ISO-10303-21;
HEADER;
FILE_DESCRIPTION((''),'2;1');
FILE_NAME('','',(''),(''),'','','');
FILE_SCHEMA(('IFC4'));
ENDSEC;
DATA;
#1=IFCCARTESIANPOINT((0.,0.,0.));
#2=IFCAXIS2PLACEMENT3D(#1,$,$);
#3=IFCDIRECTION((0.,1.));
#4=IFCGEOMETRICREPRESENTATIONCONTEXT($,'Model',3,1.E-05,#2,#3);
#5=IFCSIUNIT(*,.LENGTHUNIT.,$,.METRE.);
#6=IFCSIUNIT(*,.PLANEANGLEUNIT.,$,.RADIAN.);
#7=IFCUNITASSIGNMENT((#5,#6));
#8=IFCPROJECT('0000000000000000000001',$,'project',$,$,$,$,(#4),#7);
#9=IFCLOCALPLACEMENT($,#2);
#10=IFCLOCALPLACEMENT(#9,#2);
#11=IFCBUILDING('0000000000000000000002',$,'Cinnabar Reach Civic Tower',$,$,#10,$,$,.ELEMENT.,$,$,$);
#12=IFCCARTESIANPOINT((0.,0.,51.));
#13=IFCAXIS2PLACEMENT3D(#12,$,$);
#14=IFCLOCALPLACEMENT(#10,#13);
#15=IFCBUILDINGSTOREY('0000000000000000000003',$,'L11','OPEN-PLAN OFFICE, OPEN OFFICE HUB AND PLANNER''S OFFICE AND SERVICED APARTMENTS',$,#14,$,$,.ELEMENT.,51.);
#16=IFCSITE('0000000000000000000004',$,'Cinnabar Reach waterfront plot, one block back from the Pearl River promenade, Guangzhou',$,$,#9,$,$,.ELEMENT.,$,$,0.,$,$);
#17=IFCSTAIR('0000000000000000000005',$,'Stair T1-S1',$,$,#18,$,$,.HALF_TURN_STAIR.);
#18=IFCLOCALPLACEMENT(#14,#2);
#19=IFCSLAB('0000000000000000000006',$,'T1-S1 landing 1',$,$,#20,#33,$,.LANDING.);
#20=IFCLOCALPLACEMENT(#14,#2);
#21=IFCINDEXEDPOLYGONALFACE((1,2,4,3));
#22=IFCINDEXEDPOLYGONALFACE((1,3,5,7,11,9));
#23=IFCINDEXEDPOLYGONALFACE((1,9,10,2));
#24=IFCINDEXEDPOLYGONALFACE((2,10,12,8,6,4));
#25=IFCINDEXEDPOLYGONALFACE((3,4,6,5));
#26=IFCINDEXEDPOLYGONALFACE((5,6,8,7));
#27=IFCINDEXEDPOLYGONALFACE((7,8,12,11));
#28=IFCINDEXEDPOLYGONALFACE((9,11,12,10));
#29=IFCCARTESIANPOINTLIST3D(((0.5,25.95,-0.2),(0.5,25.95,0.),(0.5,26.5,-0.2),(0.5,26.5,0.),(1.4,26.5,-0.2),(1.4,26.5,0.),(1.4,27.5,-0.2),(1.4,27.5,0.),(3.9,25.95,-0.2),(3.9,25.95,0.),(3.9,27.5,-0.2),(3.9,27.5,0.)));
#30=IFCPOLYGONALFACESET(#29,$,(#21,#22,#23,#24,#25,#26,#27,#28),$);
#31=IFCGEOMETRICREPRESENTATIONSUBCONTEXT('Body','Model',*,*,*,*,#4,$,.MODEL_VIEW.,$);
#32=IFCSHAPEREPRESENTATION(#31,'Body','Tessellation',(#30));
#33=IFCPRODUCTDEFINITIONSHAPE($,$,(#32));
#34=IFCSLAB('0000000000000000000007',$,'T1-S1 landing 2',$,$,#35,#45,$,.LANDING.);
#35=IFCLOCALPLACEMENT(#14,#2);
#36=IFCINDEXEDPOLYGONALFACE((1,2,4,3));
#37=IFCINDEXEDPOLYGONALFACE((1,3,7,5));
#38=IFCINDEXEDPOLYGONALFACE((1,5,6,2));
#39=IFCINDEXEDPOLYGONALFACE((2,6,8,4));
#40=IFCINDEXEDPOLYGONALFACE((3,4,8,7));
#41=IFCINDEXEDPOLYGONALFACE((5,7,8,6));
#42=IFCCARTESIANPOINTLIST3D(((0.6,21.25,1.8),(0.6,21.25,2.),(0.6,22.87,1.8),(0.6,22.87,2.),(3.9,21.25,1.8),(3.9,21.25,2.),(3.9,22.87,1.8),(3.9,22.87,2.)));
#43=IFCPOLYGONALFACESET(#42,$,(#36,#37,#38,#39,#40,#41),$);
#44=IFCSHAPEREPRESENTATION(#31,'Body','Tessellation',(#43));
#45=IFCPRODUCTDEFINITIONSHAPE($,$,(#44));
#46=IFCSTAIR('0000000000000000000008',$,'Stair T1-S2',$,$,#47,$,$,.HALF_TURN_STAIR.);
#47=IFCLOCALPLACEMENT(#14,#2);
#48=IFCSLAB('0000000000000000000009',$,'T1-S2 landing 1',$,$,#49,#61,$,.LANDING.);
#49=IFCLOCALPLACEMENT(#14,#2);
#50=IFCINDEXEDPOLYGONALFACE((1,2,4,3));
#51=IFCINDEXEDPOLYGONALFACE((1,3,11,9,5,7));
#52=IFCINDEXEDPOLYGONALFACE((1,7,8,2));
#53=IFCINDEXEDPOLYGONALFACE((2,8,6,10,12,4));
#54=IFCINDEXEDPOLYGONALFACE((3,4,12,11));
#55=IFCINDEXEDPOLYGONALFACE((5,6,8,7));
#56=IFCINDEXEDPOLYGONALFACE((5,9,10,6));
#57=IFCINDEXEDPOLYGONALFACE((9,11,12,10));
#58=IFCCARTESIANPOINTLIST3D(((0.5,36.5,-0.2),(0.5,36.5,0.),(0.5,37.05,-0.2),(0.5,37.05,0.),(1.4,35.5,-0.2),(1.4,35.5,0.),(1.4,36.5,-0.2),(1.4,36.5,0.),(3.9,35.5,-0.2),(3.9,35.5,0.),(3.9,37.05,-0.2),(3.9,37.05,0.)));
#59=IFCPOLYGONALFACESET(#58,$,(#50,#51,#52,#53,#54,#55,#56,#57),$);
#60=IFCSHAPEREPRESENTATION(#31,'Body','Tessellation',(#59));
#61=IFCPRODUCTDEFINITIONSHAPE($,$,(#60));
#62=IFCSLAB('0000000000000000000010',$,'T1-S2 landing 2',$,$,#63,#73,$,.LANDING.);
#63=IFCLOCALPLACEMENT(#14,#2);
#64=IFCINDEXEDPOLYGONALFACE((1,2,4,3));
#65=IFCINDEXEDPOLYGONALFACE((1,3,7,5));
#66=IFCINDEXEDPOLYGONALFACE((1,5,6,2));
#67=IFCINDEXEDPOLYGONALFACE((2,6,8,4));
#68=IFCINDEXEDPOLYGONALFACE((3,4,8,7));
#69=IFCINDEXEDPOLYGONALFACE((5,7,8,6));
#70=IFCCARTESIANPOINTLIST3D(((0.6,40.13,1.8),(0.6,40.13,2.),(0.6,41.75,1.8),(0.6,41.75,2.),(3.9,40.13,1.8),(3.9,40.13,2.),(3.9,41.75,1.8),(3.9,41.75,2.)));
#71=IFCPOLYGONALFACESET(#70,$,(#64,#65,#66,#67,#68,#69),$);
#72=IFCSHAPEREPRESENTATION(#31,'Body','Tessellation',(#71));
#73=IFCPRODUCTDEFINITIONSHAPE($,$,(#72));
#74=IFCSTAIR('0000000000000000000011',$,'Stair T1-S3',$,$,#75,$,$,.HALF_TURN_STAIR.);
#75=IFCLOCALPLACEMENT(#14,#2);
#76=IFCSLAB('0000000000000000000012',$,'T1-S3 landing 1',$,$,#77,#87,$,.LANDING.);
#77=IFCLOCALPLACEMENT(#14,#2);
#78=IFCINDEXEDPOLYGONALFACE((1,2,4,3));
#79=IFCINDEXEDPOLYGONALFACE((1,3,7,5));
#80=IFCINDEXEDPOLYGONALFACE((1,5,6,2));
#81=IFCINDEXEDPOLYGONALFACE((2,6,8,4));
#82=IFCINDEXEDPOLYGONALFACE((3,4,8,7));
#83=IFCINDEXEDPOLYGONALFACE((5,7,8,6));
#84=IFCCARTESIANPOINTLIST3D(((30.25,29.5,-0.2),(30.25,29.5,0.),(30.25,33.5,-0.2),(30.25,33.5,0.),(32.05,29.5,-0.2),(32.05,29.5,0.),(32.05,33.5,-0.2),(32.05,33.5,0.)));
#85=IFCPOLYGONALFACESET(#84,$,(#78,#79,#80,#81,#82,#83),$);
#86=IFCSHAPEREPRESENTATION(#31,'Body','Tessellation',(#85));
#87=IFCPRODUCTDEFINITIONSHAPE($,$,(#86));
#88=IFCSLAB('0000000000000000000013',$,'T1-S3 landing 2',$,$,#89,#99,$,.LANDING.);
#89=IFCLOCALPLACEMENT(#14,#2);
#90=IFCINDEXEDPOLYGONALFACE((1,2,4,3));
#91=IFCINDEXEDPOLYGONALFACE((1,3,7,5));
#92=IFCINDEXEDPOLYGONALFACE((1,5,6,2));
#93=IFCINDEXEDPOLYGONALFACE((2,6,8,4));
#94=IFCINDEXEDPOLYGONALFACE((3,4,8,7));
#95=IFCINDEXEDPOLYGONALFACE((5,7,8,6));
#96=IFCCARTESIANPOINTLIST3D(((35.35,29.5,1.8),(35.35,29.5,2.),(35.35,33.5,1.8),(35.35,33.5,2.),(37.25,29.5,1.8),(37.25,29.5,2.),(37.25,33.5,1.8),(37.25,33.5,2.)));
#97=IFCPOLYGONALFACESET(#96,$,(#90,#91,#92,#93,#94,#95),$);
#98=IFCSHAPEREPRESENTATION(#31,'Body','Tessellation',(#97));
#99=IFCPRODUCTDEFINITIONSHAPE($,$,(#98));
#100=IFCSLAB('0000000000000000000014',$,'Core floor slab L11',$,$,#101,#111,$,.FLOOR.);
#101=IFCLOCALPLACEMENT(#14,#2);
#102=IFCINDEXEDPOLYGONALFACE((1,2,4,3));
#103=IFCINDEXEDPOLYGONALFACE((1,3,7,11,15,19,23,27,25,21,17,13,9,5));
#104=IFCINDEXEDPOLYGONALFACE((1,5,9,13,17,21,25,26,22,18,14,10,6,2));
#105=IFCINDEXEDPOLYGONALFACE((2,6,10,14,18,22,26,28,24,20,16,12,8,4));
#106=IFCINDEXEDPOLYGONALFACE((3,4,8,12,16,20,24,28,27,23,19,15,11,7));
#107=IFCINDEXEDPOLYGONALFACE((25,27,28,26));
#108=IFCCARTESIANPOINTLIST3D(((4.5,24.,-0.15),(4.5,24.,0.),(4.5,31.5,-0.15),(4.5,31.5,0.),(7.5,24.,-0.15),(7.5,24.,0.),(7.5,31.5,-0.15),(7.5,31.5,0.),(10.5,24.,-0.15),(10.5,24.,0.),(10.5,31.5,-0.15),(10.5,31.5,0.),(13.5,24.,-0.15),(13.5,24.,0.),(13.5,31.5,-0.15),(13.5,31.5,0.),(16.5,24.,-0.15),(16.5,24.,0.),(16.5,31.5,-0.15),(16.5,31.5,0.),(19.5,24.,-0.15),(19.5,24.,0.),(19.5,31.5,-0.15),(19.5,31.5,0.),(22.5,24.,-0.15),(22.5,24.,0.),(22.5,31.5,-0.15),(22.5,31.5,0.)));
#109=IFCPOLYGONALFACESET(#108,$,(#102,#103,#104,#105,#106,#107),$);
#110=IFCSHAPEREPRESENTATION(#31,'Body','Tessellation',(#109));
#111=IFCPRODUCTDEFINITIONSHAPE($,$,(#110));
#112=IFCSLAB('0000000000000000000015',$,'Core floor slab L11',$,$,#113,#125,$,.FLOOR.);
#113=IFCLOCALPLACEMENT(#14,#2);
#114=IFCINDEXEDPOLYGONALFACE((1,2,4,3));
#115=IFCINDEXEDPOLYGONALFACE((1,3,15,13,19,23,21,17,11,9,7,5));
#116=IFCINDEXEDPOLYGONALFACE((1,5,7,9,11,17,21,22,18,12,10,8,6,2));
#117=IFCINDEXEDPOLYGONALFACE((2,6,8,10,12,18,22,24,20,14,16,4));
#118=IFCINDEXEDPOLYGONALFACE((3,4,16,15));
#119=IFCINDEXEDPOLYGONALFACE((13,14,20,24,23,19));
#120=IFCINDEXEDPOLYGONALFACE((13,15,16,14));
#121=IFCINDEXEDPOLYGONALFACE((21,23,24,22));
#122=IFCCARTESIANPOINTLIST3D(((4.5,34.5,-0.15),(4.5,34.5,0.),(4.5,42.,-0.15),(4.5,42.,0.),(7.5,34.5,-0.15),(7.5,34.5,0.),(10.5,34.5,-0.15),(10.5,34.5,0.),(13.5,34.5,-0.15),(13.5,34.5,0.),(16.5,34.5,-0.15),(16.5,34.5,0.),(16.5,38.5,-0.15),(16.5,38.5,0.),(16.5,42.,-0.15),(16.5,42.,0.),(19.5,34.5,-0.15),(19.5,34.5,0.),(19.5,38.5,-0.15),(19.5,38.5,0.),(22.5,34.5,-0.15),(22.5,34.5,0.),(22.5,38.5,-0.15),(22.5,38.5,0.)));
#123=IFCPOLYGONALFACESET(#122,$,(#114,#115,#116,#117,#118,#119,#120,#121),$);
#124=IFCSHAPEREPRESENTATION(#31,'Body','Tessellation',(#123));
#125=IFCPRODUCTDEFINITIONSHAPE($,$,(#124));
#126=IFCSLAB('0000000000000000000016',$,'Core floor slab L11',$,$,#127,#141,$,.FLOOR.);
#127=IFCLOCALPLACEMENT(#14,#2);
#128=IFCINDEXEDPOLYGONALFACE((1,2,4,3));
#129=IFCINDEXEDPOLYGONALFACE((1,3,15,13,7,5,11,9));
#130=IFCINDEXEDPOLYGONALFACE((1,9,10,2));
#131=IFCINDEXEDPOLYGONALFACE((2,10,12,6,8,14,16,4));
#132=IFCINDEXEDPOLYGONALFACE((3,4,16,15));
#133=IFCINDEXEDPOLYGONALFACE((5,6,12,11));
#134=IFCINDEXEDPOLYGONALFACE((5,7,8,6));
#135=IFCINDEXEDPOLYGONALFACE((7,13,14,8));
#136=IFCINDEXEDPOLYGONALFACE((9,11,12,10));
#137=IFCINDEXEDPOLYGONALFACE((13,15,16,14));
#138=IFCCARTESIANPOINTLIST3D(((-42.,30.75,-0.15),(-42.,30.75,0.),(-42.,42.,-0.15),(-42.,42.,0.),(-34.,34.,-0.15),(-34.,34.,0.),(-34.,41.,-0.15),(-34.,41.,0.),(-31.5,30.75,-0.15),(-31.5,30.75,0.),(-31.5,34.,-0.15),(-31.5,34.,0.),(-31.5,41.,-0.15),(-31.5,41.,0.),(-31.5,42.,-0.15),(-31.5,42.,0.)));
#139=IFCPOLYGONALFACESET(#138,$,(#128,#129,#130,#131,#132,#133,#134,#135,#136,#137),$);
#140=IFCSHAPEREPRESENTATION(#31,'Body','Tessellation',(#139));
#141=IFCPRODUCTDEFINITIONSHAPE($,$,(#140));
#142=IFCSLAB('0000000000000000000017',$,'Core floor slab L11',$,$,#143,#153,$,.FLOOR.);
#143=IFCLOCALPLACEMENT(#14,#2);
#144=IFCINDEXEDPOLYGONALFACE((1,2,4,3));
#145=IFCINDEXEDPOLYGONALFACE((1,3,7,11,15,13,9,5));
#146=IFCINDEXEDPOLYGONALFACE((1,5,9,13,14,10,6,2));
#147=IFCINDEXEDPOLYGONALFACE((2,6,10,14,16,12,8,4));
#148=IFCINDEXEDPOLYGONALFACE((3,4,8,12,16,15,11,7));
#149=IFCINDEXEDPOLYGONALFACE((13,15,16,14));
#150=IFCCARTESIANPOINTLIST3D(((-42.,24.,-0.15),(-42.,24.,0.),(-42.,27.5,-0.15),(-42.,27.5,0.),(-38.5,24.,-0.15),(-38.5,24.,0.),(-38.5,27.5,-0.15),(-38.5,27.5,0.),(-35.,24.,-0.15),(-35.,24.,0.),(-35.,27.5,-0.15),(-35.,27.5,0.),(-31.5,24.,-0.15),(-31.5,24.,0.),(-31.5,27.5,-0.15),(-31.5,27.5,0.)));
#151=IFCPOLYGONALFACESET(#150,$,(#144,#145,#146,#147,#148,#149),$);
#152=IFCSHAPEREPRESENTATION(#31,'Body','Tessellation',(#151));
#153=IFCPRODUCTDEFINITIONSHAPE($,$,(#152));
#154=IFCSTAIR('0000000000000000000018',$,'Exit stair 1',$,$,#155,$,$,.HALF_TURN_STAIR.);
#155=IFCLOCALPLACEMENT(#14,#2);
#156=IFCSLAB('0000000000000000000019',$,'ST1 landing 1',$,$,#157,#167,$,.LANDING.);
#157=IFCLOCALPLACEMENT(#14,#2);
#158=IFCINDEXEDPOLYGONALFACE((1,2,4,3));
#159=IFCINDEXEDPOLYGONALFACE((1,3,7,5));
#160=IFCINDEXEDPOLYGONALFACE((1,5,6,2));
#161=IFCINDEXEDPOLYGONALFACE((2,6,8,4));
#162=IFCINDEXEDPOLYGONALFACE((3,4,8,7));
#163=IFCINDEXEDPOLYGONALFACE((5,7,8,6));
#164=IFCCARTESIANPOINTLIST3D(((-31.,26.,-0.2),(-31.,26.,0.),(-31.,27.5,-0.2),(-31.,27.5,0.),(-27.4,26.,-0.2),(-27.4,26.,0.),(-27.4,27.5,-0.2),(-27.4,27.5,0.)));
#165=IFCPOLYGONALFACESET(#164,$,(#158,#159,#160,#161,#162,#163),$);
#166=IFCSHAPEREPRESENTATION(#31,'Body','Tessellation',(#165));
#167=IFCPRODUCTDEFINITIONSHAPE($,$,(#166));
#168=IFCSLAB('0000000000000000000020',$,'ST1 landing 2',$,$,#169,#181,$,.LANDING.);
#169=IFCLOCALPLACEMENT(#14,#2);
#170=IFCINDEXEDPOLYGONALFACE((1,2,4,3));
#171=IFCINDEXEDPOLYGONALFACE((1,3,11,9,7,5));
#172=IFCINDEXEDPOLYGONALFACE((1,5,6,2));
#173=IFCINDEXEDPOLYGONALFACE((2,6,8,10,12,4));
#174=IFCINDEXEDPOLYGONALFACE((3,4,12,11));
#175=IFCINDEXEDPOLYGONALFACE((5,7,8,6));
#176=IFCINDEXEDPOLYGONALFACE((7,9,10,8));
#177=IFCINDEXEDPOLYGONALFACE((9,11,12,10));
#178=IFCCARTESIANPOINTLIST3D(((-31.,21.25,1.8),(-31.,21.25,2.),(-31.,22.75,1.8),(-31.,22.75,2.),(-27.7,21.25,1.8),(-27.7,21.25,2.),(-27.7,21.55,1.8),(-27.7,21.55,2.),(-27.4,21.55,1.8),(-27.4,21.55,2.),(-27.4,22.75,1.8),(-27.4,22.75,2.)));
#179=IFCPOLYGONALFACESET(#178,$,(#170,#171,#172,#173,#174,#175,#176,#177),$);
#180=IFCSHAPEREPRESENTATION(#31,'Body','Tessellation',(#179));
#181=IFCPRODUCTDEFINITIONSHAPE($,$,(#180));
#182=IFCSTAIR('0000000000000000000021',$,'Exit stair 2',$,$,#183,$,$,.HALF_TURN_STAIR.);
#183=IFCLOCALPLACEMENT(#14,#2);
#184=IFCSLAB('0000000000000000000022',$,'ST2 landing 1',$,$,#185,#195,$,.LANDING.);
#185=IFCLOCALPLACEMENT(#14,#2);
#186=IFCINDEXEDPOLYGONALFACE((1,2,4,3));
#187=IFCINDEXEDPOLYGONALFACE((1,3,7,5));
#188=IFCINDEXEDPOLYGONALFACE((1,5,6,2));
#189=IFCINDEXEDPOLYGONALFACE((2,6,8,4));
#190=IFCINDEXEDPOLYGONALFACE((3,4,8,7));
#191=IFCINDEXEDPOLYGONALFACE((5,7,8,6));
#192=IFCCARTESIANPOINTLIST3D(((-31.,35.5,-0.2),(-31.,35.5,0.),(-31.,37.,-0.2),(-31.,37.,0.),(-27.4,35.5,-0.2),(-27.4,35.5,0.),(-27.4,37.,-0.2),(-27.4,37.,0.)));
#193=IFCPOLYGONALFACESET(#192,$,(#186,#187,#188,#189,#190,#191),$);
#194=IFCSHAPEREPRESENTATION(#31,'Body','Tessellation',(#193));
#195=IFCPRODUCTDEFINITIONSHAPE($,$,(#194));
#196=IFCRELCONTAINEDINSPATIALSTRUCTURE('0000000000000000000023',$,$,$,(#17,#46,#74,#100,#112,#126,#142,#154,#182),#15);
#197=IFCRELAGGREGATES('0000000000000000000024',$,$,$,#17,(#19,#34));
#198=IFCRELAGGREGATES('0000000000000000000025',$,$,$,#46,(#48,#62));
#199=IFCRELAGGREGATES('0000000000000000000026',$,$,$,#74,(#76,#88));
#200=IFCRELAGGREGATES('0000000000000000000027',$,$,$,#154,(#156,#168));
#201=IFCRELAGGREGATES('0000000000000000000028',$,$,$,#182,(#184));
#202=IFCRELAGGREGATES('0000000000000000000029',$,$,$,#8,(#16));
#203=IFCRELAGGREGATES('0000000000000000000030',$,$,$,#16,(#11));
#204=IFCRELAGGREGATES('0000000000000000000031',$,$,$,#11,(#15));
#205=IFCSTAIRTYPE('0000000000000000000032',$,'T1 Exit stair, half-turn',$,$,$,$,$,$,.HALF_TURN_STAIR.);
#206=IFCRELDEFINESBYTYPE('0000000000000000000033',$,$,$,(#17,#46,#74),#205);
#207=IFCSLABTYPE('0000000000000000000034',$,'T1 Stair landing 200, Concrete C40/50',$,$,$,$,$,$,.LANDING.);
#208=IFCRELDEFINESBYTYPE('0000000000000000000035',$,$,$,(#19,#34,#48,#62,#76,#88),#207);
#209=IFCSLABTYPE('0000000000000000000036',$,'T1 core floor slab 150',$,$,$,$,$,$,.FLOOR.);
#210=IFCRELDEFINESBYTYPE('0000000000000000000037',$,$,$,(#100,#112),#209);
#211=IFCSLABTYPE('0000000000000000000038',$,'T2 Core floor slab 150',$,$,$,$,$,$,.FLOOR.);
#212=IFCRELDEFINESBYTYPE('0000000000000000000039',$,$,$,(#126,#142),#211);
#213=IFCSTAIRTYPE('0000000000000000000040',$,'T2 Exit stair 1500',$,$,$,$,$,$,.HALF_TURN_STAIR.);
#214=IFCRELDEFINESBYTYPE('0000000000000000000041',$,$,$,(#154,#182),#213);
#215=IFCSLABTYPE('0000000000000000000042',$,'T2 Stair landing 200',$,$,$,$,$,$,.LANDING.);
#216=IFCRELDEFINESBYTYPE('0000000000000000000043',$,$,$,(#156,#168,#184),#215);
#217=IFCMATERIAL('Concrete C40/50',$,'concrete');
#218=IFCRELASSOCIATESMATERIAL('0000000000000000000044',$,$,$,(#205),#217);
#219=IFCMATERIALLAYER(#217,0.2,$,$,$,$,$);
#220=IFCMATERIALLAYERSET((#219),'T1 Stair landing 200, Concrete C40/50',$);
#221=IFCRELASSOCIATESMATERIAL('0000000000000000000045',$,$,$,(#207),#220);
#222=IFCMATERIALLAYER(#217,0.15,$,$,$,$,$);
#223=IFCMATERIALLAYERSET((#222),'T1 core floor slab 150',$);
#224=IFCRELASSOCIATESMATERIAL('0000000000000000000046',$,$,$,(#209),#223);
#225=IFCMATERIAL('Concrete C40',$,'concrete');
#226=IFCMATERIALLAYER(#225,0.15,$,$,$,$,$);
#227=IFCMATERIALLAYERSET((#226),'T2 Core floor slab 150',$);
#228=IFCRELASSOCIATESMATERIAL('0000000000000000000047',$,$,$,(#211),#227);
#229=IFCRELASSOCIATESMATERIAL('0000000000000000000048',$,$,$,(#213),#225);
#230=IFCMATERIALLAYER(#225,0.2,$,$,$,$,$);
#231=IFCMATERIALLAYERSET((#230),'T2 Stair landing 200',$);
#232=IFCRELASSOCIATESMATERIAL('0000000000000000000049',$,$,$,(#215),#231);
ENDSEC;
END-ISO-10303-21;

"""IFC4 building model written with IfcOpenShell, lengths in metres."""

from ifc_helpers import new_model, si_unit, direction, frame, origin, place, context, subcontext, project, spatial, polyline, outline, extrude, material, layer, layer_set, type_object, element, aggregate, save


model = new_model("IFC4")

# Units and contexts
model_context = context("Model", 3, precision=1e-05, world=origin(), true_north=direction((0.0, 1.0)))
body_context = subcontext(model_context, "Body", "Model", "MODEL_VIEW")
ifc_project = project(units=[si_unit("LENGTHUNIT", "METRE"), si_unit("PLANEANGLEUNIT", "RADIAN")], contexts=[model_context])

# Site, building, storey
site_placement = place(None, origin())
site = spatial("IfcSite", under=ifc_project, at=site_placement, Name="Cinnabar Reach waterfront plot, one block back from the Pearl River promenade, Guangzhou", CompositionType="ELEMENT", RefElevation=0.0)
building_placement = place(site_placement, origin())
building = spatial("IfcBuilding", under=site, at=building_placement, Name="Cinnabar Reach Civic Tower", CompositionType="ELEMENT")
storey_placement = place(building_placement, frame((0.0, 0.0, 51.0)))
storey = spatial("IfcBuildingStorey", under=building, at=storey_placement, Name="L11", Description="OPEN-PLAN OFFICE, OPEN OFFICE HUB AND PLANNER'S OFFICE AND SERVICED APARTMENTS", CompositionType="ELEMENT", Elevation=51.0)

# Stairs, slabs
ifc_material_1 = material(Name="Concrete C40/50", Category="concrete")
stair_type_1 = type_object("IfcStairType", Name="T1 Exit stair, half-turn", PredefinedType="HALF_TURN_STAIR", material=ifc_material_1)
stair_1_placement = place(storey_placement, origin())
stair_1 = element("IfcStair", 1, at=stair_1_placement, inside=storey, type_object=stair_type_1, Name="Stair T1-S1", PredefinedType="HALF_TURN_STAIR")
ifc_layer_1 = layer(ifc_material_1, 0.2)
ifc_layer_set_1 = layer_set([ifc_layer_1], Name="T1 Stair landing 200, Concrete C40/50")
slab_type_1 = type_object("IfcSlabType", Name="T1 Stair landing 200, Concrete C40/50", PredefinedType="LANDING", material=ifc_layer_set_1)
slab_1_placement = place(storey_placement, frame((0.0, 0.0, -0.2)))
slab_1 = element("IfcSlab", 2, at=slab_1_placement, type_object=slab_type_1, Name="T1-S1 landing 1", PredefinedType="LANDING", context=body_context, shape_type="SweptSolid", body=[
    extrude(outline(polyline([(3.9, 27.5), (3.9, 25.95), (0.5, 25.95), (0.5, 26.5), (1.4, 26.5), (1.4, 27.5), (3.9, 27.5)])), origin(), (0.0, 0.0, 1.0), 0.2),
])
slab_2_placement = place(storey_placement, frame((0.0, 0.0, 1.8)))
slab_2 = element("IfcSlab", 3, at=slab_2_placement, type_object=slab_type_1, Name="T1-S1 landing 2", PredefinedType="LANDING", context=body_context, shape_type="SweptSolid", body=[
    extrude(outline(polyline([(0.6, 21.25), (0.6, 22.87), (3.9, 22.87), (3.9, 21.25), (0.6, 21.25)])), origin(), (0.0, 0.0, 1.0), 0.2),
])
aggregate(stair_1, [slab_1, slab_2])
stair_2_placement = place(storey_placement, origin())
stair_2 = element("IfcStair", 4, at=stair_2_placement, inside=storey, type_object=stair_type_1, Name="Stair T1-S2", PredefinedType="HALF_TURN_STAIR")
slab_3_placement = place(storey_placement, frame((0.0, 0.0, -0.2)))
slab_3 = element("IfcSlab", 5, at=slab_3_placement, type_object=slab_type_1, Name="T1-S2 landing 1", PredefinedType="LANDING", context=body_context, shape_type="SweptSolid", body=[
    extrude(outline(polyline([(0.5, 37.05), (3.9, 37.05), (3.9, 35.5), (1.4, 35.5), (1.4, 36.5), (0.5, 36.5), (0.5, 37.05)])), origin(), (0.0, 0.0, 1.0), 0.2),
])
slab_4_placement = place(storey_placement, frame((0.0, 0.0, 1.8)))
slab_4 = element("IfcSlab", 6, at=slab_4_placement, type_object=slab_type_1, Name="T1-S2 landing 2", PredefinedType="LANDING", context=body_context, shape_type="SweptSolid", body=[
    extrude(outline(polyline([(0.6, 40.13), (0.6, 41.75), (3.9, 41.75), (3.9, 40.13), (0.6, 40.13)])), origin(), (0.0, 0.0, 1.0), 0.2),
])
aggregate(stair_2, [slab_3, slab_4])
stair_3_placement = place(storey_placement, origin())
stair_3 = element("IfcStair", 7, at=stair_3_placement, inside=storey, type_object=stair_type_1, Name="Stair T1-S3", PredefinedType="HALF_TURN_STAIR")
slab_5_placement = place(storey_placement, frame((0.0, 0.0, -0.2)))
slab_5 = element("IfcSlab", 8, at=slab_5_placement, type_object=slab_type_1, Name="T1-S3 landing 1", PredefinedType="LANDING", context=body_context, shape_type="SweptSolid", body=[
    extrude(outline(polyline([(30.25, 29.5), (32.05, 29.5), (32.05, 33.5), (30.25, 33.5), (30.25, 29.5)])), origin(), (0.0, 0.0, 1.0), 0.2),
])
slab_6_placement = place(storey_placement, frame((0.0, 0.0, 1.8)))
slab_6 = element("IfcSlab", 9, at=slab_6_placement, type_object=slab_type_1, Name="T1-S3 landing 2", PredefinedType="LANDING", context=body_context, shape_type="SweptSolid", body=[
    extrude(outline(polyline([(35.35, 29.5), (37.25, 29.5), (37.25, 33.5), (35.35, 33.5), (35.35, 29.5)])), origin(), (0.0, 0.0, 1.0), 0.2),
])
aggregate(stair_3, [slab_5, slab_6])

# Slabs
ifc_layer_2 = layer(ifc_material_1, 0.15)
ifc_layer_set_2 = layer_set([ifc_layer_2], Name="T1 core floor slab 150")
slab_type_2 = type_object("IfcSlabType", Name="T1 core floor slab 150", PredefinedType="FLOOR", material=ifc_layer_set_2)
slab_7_placement = place(storey_placement, frame((0.0, 0.0, -0.15)))
element("IfcSlab", 10, at=slab_7_placement, inside=storey, type_object=slab_type_2, Name="Core floor slab L11", PredefinedType="FLOOR", context=body_context, shape_type="SweptSolid", body=[
    extrude(outline(polyline([(22.5, 24.0), (19.5, 24.0), (16.5, 24.0), (13.5, 24.0), (10.5, 24.0), (7.5, 24.0), (4.5, 24.0), (4.5, 31.5), (7.5, 31.5), (10.5, 31.5), (13.5, 31.5), (16.5, 31.5), (19.5, 31.5), (22.5, 31.5), (22.5, 24.0)])), origin(), (0.0, 0.0, 1.0), 0.15),
])
slab_8_placement = place(storey_placement, frame((0.0, 0.0, -0.15)))
element("IfcSlab", 11, at=slab_8_placement, inside=storey, type_object=slab_type_2, Name="Core floor slab L11", PredefinedType="FLOOR", context=body_context, shape_type="SweptSolid", body=[
    extrude(outline(polyline([(22.5, 34.5), (19.5, 34.5), (16.5, 34.5), (13.5, 34.5), (10.5, 34.5), (7.5, 34.5), (4.5, 34.5), (4.5, 42.0), (16.5, 42.0), (16.5, 38.5), (19.5, 38.5), (22.5, 38.5), (22.5, 34.5)])), origin(), (0.0, 0.0, 1.0), 0.15),
])
ifc_material_2 = material(Name="Concrete C40", Category="concrete")
ifc_layer_3 = layer(ifc_material_2, 0.15)
ifc_layer_set_3 = layer_set([ifc_layer_3], Name="T2 Core floor slab 150")
slab_type_3 = type_object("IfcSlabType", Name="T2 Core floor slab 150", PredefinedType="FLOOR", material=ifc_layer_set_3)
slab_9_placement = place(storey_placement, frame((0.0, 0.0, -0.15)))
element("IfcSlab", 12, at=slab_9_placement, inside=storey, type_object=slab_type_3, Name="Core floor slab L11", PredefinedType="FLOOR", context=body_context, shape_type="SweptSolid", body=[
    extrude(outline(polyline([(-42.0, 42.0), (-31.5, 42.0), (-31.5, 41.0), (-34.0, 41.0), (-34.0, 34.0), (-31.5, 34.0), (-31.5, 30.75), (-42.0, 30.75), (-42.0, 42.0)])), origin(), (0.0, 0.0, 1.0), 0.15),
])
slab_10_placement = place(storey_placement, frame((0.0, 0.0, -0.15)))
element("IfcSlab", 13, at=slab_10_placement, inside=storey, type_object=slab_type_3, Name="Core floor slab L11", PredefinedType="FLOOR", context=body_context, shape_type="SweptSolid", body=[
    extrude(outline(polyline([(-35.0, 24.0), (-38.5, 24.0), (-42.0, 24.0), (-42.0, 27.5), (-38.5, 27.5), (-35.0, 27.5), (-31.5, 27.5), (-31.5, 24.0), (-35.0, 24.0)])), origin(), (0.0, 0.0, 1.0), 0.15),
])

# Stairs, slabs
stair_type_2 = type_object("IfcStairType", Name="T2 Exit stair 1500", PredefinedType="HALF_TURN_STAIR", material=ifc_material_2)
stair_4_placement = place(storey_placement, origin())
stair_4 = element("IfcStair", 14, at=stair_4_placement, inside=storey, type_object=stair_type_2, Name="Exit stair 1", PredefinedType="HALF_TURN_STAIR")
ifc_layer_4 = layer(ifc_material_2, 0.2)
ifc_layer_set_4 = layer_set([ifc_layer_4], Name="T2 Stair landing 200")
slab_type_4 = type_object("IfcSlabType", Name="T2 Stair landing 200", PredefinedType="LANDING", material=ifc_layer_set_4)
slab_11_placement = place(storey_placement, frame((0.0, 0.0, -0.2)))
slab_11 = element("IfcSlab", 15, at=slab_11_placement, type_object=slab_type_4, Name="ST1 landing 1", PredefinedType="LANDING", context=body_context, shape_type="SweptSolid", body=[
    extrude(outline(polyline([(-31.0, 26.0), (-31.0, 27.5), (-27.4, 27.5), (-27.4, 26.0), (-31.0, 26.0)])), origin(), (0.0, 0.0, 1.0), 0.2),
])
slab_12_placement = place(storey_placement, frame((0.0, 0.0, 1.8)))
slab_12 = element("IfcSlab", 16, at=slab_12_placement, type_object=slab_type_4, Name="ST1 landing 2", PredefinedType="LANDING", context=body_context, shape_type="SweptSolid", body=[
    extrude(outline(polyline([(-31.0, 21.25), (-31.0, 22.75), (-27.4, 22.75), (-27.4, 21.55), (-27.7, 21.55), (-27.7, 21.25), (-31.0, 21.25)])), origin(), (0.0, 0.0, 1.0), 0.2),
])
aggregate(stair_4, [slab_11, slab_12])
stair_5_placement = place(storey_placement, origin())
stair_5 = element("IfcStair", 17, at=stair_5_placement, inside=storey, type_object=stair_type_2, Name="Exit stair 2", PredefinedType="HALF_TURN_STAIR")
slab_13_placement = place(storey_placement, frame((0.0, 0.0, -0.2)))
slab_13 = element("IfcSlab", 18, at=slab_13_placement, type_object=slab_type_4, Name="ST2 landing 1", PredefinedType="LANDING", context=body_context, shape_type="SweptSolid", body=[
    extrude(outline(polyline([(-31.0, 35.5), (-31.0, 37.0), (-27.4, 37.0), (-27.4, 35.5), (-31.0, 35.5)])), origin(), (0.0, 0.0, 1.0), 0.2),
])
aggregate(stair_5, [slab_13])

save(model, "model.ifc")
